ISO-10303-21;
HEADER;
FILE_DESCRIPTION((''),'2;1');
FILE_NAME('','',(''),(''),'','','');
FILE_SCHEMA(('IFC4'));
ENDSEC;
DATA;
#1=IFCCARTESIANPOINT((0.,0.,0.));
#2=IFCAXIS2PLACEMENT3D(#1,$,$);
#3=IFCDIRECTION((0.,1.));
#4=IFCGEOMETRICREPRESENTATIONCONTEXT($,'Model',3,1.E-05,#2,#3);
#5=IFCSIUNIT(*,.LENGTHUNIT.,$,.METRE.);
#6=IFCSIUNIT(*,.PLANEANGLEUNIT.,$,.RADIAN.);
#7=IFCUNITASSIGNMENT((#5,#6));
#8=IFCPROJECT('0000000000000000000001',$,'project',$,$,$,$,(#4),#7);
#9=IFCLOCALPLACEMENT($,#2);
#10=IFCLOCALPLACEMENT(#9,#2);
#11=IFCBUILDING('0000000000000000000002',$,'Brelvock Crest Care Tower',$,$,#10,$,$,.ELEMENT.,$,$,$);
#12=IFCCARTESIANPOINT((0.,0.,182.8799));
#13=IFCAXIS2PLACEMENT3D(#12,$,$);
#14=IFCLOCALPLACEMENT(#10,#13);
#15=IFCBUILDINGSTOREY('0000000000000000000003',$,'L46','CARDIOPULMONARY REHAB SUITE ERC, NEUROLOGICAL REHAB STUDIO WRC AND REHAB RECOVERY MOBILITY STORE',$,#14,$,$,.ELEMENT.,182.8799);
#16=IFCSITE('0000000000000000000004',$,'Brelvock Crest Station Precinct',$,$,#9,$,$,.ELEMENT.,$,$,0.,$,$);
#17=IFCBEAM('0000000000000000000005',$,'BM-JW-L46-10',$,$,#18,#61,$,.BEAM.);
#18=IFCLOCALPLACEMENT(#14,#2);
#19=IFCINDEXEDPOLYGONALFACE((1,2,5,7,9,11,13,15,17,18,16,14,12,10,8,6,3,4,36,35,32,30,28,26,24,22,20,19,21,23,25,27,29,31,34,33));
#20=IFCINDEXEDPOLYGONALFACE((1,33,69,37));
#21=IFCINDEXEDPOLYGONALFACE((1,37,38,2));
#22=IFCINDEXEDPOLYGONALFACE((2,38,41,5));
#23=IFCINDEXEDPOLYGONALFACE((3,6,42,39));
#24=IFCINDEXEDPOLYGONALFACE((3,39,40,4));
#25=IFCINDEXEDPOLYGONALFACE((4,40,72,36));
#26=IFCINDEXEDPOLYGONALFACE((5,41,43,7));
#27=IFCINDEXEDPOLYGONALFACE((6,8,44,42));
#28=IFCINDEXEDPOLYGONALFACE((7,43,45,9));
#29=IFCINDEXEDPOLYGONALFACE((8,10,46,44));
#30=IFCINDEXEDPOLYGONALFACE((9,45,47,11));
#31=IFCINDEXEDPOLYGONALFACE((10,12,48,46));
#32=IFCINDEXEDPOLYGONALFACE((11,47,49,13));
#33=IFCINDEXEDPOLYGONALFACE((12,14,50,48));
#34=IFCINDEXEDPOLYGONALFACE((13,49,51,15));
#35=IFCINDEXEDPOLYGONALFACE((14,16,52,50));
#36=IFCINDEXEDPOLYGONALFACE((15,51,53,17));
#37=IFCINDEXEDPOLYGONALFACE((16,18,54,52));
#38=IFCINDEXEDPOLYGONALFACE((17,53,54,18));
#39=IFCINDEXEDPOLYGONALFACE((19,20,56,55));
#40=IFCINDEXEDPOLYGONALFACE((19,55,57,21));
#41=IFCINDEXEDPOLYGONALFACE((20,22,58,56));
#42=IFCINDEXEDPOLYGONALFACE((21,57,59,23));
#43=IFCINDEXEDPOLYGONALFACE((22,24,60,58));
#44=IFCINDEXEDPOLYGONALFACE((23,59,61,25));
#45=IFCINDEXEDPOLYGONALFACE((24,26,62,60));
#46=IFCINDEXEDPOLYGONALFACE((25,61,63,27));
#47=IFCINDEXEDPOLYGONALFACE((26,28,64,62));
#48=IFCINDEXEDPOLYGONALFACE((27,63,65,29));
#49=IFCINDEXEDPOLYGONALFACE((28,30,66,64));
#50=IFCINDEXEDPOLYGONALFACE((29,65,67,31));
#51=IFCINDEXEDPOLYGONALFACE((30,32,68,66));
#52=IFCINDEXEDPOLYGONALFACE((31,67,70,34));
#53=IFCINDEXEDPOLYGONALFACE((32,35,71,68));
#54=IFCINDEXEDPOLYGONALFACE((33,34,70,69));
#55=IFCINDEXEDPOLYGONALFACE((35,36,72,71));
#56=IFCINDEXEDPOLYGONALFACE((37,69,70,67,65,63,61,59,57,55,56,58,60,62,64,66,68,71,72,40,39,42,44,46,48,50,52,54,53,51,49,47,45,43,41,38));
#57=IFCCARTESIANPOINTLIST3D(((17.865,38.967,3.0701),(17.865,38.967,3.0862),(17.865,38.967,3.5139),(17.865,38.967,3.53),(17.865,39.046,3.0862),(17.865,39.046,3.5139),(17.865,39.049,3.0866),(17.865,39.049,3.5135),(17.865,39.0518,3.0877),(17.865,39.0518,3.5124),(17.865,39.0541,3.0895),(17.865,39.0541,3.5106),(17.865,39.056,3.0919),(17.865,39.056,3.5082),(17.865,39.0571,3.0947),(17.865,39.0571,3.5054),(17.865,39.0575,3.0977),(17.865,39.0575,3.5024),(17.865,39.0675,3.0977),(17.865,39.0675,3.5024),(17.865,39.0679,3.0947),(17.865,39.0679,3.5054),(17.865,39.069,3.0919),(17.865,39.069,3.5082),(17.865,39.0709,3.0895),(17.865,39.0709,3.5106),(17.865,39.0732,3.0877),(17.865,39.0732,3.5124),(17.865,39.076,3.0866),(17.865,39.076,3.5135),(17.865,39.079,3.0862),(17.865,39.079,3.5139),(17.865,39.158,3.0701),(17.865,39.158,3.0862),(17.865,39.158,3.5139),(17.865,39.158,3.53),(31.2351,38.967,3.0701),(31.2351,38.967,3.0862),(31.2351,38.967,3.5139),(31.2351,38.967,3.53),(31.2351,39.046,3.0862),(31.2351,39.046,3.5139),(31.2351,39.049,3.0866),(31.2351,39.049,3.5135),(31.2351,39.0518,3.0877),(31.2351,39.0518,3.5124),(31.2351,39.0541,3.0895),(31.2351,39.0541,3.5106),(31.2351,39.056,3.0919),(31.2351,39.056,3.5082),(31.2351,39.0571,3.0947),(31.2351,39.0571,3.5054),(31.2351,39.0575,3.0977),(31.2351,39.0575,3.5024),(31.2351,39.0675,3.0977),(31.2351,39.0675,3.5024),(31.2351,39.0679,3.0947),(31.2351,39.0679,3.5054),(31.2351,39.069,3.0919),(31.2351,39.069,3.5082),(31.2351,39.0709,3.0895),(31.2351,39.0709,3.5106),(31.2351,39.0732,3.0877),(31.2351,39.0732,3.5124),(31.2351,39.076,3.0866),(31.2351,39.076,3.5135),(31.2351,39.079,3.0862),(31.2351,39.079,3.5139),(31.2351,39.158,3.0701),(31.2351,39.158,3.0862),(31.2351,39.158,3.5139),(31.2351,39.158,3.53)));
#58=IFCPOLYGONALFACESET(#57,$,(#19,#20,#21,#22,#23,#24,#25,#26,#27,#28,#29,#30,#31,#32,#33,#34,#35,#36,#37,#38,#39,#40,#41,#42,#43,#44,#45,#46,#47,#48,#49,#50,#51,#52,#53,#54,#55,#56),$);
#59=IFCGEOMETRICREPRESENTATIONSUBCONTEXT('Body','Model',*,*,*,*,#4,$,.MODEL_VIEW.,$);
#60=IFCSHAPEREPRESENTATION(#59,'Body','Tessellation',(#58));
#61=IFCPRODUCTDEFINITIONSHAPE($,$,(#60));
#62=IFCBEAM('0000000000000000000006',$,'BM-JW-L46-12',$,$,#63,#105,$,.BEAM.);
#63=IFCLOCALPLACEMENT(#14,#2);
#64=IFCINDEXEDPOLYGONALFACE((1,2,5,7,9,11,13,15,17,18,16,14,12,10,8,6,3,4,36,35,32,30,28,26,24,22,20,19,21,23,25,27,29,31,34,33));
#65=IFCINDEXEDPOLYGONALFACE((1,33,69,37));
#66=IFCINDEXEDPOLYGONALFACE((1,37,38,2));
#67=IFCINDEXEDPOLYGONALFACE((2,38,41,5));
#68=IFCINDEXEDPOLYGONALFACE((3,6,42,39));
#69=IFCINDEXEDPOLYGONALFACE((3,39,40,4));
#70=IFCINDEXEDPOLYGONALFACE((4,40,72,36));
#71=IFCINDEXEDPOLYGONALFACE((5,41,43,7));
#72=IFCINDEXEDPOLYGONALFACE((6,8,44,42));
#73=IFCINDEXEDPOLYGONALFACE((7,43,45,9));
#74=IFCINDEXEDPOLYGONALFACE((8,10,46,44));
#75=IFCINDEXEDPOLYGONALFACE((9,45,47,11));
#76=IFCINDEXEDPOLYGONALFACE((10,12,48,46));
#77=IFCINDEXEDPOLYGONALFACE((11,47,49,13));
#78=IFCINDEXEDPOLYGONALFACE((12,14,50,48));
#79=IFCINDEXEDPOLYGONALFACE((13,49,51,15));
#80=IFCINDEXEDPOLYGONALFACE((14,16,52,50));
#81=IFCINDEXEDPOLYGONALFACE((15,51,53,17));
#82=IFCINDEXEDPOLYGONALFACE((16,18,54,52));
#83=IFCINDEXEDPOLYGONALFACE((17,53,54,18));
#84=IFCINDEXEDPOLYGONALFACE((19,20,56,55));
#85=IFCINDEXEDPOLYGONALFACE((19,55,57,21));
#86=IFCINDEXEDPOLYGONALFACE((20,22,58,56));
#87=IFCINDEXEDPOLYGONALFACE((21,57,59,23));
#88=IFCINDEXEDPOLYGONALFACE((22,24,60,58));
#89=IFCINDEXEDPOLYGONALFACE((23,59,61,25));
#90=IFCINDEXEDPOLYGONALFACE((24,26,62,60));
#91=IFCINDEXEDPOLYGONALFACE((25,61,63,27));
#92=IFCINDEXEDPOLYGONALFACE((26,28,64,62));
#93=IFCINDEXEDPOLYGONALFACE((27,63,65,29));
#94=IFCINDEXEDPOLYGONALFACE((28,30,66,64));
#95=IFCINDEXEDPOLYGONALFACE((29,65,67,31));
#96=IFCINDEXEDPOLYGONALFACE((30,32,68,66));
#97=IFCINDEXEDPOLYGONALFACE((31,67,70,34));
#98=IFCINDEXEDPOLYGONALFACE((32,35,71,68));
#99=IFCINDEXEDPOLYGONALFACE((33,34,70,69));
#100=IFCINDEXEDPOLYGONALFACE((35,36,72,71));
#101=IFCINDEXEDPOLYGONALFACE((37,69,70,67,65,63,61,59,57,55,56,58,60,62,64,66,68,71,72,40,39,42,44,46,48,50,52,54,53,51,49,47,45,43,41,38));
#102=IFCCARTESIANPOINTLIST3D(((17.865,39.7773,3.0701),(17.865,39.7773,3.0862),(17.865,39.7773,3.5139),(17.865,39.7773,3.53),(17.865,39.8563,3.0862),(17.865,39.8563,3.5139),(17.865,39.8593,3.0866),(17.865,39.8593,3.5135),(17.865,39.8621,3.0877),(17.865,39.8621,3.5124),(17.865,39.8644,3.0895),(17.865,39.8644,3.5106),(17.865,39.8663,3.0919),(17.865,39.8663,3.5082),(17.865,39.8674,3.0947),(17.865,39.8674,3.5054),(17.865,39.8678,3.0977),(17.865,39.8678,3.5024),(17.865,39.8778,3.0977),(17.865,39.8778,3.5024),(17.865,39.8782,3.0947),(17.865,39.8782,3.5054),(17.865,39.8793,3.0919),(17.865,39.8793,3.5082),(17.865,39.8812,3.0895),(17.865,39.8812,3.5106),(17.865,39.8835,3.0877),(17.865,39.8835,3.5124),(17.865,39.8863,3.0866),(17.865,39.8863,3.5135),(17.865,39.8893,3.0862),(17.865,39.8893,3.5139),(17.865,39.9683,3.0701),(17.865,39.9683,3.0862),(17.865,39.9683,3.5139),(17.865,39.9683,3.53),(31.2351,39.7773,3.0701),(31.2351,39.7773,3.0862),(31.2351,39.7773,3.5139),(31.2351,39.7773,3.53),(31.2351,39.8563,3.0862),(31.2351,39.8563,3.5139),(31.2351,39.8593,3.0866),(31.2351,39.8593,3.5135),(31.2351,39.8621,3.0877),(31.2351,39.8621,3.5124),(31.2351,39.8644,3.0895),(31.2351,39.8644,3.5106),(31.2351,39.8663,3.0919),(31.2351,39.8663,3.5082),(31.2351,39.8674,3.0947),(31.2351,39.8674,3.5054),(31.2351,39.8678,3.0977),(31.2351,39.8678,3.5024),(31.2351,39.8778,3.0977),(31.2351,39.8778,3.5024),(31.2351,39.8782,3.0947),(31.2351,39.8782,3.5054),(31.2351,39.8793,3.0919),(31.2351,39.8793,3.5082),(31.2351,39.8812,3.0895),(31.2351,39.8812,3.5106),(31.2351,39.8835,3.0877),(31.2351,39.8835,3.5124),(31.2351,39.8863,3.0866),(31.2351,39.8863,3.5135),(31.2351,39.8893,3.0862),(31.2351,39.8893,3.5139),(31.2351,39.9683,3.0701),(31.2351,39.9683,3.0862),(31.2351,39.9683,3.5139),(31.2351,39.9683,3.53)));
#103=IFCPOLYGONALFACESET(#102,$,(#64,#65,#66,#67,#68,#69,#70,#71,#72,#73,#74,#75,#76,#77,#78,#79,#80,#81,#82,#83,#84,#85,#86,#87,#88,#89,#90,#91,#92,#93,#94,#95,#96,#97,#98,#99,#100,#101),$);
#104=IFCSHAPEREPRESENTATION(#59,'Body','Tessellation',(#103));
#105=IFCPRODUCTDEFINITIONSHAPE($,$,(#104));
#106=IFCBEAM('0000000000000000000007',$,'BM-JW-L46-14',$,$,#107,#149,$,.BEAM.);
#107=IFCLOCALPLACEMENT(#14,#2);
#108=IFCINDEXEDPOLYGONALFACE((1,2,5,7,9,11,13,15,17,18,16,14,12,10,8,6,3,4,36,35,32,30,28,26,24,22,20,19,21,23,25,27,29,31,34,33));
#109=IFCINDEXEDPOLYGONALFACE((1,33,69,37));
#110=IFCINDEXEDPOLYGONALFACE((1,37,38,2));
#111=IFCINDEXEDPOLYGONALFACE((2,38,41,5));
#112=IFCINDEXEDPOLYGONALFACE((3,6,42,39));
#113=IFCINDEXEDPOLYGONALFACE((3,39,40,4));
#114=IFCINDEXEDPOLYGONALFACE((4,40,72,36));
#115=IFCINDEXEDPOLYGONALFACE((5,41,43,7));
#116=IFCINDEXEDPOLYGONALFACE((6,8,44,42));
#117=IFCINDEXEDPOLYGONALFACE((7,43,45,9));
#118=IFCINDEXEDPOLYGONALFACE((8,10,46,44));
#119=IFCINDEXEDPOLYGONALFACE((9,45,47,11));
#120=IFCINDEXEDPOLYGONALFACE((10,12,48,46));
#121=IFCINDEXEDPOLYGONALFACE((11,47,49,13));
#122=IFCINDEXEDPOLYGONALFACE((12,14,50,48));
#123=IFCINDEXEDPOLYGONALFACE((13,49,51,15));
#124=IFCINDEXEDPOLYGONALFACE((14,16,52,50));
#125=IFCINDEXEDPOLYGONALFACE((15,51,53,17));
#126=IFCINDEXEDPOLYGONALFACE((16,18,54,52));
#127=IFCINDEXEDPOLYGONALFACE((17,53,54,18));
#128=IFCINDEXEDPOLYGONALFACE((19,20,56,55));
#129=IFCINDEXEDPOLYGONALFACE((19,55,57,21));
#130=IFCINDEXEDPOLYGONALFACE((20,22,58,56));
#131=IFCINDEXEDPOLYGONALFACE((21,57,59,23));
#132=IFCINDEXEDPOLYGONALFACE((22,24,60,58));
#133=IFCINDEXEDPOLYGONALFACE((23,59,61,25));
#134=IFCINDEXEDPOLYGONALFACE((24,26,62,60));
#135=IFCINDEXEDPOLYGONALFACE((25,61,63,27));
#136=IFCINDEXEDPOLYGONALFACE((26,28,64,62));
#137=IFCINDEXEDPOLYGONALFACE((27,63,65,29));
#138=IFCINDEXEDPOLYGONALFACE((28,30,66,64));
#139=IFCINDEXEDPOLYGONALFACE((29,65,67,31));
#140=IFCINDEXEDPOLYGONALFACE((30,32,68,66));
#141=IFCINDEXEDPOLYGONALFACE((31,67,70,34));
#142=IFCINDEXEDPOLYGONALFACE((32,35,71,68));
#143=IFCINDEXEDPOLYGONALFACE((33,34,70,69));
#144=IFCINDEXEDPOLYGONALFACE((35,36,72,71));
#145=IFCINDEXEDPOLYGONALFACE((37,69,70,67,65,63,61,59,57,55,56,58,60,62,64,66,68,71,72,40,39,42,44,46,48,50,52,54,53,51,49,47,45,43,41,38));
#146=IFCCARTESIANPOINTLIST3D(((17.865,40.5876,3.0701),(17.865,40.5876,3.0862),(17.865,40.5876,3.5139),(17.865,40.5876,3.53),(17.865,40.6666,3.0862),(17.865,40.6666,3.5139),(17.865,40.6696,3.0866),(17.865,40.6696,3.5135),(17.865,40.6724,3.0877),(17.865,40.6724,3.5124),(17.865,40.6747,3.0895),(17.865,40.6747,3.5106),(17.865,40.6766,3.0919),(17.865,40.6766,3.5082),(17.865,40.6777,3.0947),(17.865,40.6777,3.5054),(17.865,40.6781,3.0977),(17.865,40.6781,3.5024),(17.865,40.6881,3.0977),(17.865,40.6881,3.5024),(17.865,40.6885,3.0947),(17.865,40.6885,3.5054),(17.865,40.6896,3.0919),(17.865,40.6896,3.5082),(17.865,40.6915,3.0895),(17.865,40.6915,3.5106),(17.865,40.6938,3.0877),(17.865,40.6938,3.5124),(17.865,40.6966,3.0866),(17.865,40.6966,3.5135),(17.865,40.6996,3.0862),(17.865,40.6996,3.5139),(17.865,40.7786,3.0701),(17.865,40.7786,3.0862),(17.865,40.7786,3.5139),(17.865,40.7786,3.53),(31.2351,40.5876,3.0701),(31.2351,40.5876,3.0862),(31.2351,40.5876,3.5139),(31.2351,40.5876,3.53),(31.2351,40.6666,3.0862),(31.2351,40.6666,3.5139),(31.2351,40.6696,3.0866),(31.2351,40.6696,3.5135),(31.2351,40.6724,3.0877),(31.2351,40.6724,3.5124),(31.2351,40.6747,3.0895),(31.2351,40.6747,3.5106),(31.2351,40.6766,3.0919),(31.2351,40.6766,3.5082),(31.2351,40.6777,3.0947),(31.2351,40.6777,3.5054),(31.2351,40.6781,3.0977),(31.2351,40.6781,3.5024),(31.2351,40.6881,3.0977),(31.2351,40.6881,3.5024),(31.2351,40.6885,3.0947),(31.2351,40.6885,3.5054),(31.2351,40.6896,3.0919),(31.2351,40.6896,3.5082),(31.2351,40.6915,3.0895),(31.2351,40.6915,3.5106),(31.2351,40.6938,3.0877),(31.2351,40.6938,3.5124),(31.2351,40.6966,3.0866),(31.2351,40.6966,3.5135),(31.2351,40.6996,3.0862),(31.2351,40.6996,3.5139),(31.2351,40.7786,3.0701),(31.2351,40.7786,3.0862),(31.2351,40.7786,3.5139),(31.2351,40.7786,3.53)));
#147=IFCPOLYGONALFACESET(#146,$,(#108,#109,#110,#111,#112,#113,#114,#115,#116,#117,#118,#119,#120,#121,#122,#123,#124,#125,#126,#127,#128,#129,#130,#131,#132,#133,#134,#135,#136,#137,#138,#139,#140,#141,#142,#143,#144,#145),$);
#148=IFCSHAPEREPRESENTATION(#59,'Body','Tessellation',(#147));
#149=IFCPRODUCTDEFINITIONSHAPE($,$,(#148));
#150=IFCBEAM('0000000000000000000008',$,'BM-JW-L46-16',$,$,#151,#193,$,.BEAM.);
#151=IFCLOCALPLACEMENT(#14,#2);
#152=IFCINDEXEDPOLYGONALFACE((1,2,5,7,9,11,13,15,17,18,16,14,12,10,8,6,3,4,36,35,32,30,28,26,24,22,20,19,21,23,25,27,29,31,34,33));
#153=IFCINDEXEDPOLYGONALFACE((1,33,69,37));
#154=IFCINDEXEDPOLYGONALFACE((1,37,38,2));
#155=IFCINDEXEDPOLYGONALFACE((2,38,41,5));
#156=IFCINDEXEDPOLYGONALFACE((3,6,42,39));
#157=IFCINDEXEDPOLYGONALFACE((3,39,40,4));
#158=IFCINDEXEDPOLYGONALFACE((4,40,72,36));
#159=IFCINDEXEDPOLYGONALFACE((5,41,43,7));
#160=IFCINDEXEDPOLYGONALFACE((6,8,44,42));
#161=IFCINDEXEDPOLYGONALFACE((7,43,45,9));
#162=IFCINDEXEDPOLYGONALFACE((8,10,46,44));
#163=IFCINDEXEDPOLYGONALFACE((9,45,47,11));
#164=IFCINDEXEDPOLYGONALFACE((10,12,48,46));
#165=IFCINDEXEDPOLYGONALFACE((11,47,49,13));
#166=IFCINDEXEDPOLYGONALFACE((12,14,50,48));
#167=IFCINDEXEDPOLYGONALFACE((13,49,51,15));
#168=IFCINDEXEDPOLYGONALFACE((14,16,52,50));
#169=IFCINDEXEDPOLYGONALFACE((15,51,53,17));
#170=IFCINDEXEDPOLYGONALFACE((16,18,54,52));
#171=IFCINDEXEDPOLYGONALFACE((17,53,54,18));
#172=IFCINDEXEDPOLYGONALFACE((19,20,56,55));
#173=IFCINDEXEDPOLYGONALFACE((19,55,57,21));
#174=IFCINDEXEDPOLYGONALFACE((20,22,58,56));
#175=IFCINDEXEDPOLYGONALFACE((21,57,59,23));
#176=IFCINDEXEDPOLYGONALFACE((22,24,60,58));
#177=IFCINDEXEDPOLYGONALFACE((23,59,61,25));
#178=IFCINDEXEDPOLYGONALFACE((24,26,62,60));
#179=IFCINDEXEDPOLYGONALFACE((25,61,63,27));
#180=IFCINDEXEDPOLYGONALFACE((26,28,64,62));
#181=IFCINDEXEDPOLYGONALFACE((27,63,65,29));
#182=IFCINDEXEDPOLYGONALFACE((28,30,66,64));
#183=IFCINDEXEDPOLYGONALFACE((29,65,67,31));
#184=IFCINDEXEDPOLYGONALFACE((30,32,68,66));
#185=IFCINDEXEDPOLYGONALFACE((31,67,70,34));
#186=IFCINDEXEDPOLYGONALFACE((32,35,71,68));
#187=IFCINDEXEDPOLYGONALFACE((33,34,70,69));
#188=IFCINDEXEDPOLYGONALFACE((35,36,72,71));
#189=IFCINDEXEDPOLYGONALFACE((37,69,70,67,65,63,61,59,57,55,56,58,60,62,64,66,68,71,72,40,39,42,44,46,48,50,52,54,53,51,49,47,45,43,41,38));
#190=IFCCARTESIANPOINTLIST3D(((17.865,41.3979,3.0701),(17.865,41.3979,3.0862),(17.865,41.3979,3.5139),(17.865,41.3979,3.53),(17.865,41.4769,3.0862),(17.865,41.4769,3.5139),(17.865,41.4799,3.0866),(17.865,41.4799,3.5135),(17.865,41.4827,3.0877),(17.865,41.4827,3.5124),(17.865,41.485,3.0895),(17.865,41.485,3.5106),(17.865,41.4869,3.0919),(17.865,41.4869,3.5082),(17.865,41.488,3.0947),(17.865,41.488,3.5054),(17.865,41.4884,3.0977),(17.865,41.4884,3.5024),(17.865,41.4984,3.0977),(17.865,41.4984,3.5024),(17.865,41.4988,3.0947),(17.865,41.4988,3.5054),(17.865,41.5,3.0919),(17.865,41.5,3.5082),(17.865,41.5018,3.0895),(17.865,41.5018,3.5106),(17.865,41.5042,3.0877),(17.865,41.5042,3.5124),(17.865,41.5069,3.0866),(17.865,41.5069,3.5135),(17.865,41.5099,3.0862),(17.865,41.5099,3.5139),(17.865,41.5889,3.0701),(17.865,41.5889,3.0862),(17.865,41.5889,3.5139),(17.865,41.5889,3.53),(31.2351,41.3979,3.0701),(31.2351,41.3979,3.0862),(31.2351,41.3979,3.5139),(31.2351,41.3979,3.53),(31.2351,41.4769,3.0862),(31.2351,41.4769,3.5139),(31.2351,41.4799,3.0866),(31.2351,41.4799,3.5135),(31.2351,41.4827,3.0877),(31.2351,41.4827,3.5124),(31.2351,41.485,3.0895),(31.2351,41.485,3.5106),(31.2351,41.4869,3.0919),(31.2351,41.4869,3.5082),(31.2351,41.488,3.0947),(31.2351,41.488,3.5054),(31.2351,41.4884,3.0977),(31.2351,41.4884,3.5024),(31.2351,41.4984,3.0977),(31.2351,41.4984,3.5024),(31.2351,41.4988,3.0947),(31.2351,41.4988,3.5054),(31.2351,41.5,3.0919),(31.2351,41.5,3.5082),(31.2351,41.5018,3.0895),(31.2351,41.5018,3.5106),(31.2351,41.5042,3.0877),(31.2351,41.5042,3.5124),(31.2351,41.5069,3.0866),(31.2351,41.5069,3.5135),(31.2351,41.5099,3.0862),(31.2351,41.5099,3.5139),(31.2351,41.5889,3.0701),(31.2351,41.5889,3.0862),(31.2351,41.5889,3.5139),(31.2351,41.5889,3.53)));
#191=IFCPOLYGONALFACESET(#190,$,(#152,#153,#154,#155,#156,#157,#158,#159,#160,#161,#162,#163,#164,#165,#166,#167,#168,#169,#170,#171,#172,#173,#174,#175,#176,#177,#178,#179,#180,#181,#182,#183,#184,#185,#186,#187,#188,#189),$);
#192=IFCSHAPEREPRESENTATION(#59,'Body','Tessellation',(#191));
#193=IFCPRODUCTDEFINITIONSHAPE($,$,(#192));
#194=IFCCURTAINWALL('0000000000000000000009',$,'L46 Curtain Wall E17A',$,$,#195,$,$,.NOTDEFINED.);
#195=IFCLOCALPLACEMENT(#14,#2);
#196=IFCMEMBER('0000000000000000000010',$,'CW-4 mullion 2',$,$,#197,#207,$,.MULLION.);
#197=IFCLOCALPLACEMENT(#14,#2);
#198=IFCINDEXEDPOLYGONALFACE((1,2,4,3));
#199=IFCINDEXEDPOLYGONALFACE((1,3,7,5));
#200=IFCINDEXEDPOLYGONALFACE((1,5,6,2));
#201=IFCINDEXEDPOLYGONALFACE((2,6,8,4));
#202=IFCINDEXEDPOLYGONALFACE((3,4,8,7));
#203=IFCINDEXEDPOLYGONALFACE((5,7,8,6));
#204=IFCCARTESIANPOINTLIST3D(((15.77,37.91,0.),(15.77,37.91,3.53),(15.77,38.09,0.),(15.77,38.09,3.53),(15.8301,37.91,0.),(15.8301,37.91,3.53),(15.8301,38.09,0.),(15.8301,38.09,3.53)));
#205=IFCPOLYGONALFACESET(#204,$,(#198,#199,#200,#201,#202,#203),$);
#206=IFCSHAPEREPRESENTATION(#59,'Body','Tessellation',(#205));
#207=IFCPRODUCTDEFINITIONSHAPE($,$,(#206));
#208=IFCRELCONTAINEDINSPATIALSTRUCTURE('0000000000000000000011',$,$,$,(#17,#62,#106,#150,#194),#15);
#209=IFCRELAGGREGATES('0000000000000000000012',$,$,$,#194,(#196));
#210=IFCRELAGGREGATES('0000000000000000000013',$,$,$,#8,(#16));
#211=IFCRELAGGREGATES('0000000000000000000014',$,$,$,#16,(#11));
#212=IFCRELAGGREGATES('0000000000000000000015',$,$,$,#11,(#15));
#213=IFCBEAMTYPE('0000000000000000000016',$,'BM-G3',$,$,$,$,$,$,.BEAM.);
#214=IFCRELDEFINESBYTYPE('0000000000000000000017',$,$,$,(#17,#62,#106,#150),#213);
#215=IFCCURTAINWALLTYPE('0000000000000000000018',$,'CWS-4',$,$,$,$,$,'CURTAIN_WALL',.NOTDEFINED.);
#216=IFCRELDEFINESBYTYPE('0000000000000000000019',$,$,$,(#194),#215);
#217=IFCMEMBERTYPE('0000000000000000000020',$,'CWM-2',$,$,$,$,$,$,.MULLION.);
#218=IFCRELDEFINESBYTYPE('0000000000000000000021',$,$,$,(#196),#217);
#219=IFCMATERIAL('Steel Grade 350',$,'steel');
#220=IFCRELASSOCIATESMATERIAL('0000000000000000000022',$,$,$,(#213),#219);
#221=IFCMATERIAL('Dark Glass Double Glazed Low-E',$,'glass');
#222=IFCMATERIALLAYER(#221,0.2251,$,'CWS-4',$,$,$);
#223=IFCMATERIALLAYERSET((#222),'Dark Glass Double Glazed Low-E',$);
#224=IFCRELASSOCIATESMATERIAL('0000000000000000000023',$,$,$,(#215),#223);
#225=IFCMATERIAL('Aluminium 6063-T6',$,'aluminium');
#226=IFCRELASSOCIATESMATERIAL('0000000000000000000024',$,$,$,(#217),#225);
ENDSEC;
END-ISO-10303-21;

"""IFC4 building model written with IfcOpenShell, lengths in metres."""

from ifc_helpers import new_model, si_unit, direction, frame, origin, origin_2d, place, context, subcontext, project, spatial, rectangle, i_section, extrude, source, transform, mapped, material, layer, layer_set, material_profile, profile_set, type_object, element, aggregate, save


model = new_model("IFC4")

# Units and contexts
model_context = context("Model", 3, precision=1e-05, world=origin(), true_north=direction((0.0, 1.0)))
body_context = subcontext(model_context, "Body", "Model", "MODEL_VIEW")
ifc_project = project(units=[si_unit("LENGTHUNIT", "METRE"), si_unit("PLANEANGLEUNIT", "RADIAN")], contexts=[model_context])

# Site, building, storey
site_placement = place(None, origin())
site = spatial("IfcSite", under=ifc_project, at=site_placement, Name="Brelvock Crest Station Precinct", CompositionType="ELEMENT", RefElevation=0.0)
building_placement = place(site_placement, origin())
building = spatial("IfcBuilding", under=site, at=building_placement, Name="Brelvock Crest Care Tower", CompositionType="ELEMENT")
storey_placement = place(building_placement, frame((0.0, 0.0, 182.8799)))
storey = spatial("IfcBuildingStorey", under=building, at=storey_placement, Name="L46", Description="CARDIOPULMONARY REHAB SUITE ERC, NEUROLOGICAL REHAB STUDIO WRC AND REHAB RECOVERY MOBILITY STORE", CompositionType="ELEMENT", Elevation=182.8799)

# Shared definitions
ifc_material_1 = material(Name="Steel Grade 350", Category="steel")

# Beams
ifc_material_profile_1 = material_profile(ifc_material_1, i_section(OverallWidth=0.1909, OverallDepth=0.46, WebThickness=0.01, FlangeThickness=0.0161, FilletRadius=0.0115, at=origin_2d()), Name="460UB82.1")
ifc_profile_set_1 = profile_set([ifc_material_profile_1], Name="Steel Grade 350")
beam_type_1 = type_object("IfcBeamType", Name="BM-G3", PredefinedType="BEAM", material=ifc_profile_set_1)
shared_shape_1 = source(origin(), body_context, "Body", "SweptSolid", [
    extrude(i_section(OverallWidth=0.1909, OverallDepth=0.46, WebThickness=0.01, FlangeThickness=0.0161, FilletRadius=0.0115, at=origin_2d()), origin(), (0.0, 0.0, 1.0), 13.3701),
])
for number, where, z_axis, x_axis, name in (
    (1, (17.865, 39.0625, 3.3), (1.0, 0.0, 0.0), (0.0, 1.0, 0.0), "BM-JW-L46-10"),
    (2, (17.865, 39.8728, 3.3), (1.0, 0.0, 0.0), (0.0, 1.0, 0.0), "BM-JW-L46-12"),
    (3, (17.865, 40.6831, 3.3), (1.0, 0.0, 0.0), (0.0, 1.0, 0.0), "BM-JW-L46-14"),
    (4, (17.865, 41.4934, 3.3), (1.0, 0.0, 0.0), (0.0, 1.0, 0.0), "BM-JW-L46-16"),
):
    element("IfcBeam", number, at=place(storey_placement, frame(where, z_axis=z_axis, x_axis=x_axis)), inside=storey, type_object=beam_type_1, Name=name, PredefinedType="BEAM", context=body_context, shape_type="MappedRepresentation", body=[
        mapped(shared_shape_1, transform((0.0, 0.0, 0.0), x_axis=(1.0, 0.0, 0.0), y_axis=(0.0, 1.0, 0.0), z_axis=(0.0, 0.0, 1.0), scale=1.0)),
    ])

# Curtain wall, member
ifc_material_2 = material(Name="Dark Glass Double Glazed Low-E", Category="glass")
ifc_layer_1 = layer(ifc_material_2, 0.2251, Name="CWS-4")
ifc_layer_set_1 = layer_set([ifc_layer_1], Name="Dark Glass Double Glazed Low-E")
curtain_wall_type = type_object("IfcCurtainWallType", Name="CWS-4", ElementType="CURTAIN_WALL", PredefinedType="NOTDEFINED", material=ifc_layer_set_1)
curtain_wall_1_placement = place(storey_placement, origin())
curtain_wall_1 = element("IfcCurtainWall", 5, at=curtain_wall_1_placement, inside=storey, type_object=curtain_wall_type, Name="L46 Curtain Wall E17A", PredefinedType="NOTDEFINED")
ifc_material_3 = material(Name="Aluminium 6063-T6", Category="aluminium")
ifc_material_profile_2 = material_profile(ifc_material_3, rectangle(XDim=0.0601, YDim=0.1799, at=origin_2d()), Name="ALU60x180")
ifc_profile_set_2 = profile_set([ifc_material_profile_2], Name="Aluminium 6063-T6")
member_type_1 = type_object("IfcMemberType", Name="CWM-2", PredefinedType="MULLION", material=ifc_profile_set_2)
shared_shape_2 = source(origin(), body_context, "Body", "SweptSolid", [
    extrude(rectangle(XDim=0.0601, YDim=0.1799, at=origin_2d()), origin(), (0.0, 0.0, 1.0), 3.53),
])
member_1_placement = place(storey_placement, frame((15.8, 38.0, 0.0), z_axis=(0.0, 0.0, 1.0), x_axis=(-1.0, 0.0, 0.0)))
member_1 = element("IfcMember", 6, at=member_1_placement, type_object=member_type_1, Name="CW-4 mullion 2", PredefinedType="MULLION", context=body_context, shape_type="MappedRepresentation", body=[
    mapped(shared_shape_2, transform((0.0, 0.0, 0.0), x_axis=(1.0, 0.0, 0.0), y_axis=(0.0, 1.0, 0.0), z_axis=(0.0, 0.0, 1.0), scale=1.0)),
])

aggregate(curtain_wall_1, [member_1])

save(model, "model.ifc")
